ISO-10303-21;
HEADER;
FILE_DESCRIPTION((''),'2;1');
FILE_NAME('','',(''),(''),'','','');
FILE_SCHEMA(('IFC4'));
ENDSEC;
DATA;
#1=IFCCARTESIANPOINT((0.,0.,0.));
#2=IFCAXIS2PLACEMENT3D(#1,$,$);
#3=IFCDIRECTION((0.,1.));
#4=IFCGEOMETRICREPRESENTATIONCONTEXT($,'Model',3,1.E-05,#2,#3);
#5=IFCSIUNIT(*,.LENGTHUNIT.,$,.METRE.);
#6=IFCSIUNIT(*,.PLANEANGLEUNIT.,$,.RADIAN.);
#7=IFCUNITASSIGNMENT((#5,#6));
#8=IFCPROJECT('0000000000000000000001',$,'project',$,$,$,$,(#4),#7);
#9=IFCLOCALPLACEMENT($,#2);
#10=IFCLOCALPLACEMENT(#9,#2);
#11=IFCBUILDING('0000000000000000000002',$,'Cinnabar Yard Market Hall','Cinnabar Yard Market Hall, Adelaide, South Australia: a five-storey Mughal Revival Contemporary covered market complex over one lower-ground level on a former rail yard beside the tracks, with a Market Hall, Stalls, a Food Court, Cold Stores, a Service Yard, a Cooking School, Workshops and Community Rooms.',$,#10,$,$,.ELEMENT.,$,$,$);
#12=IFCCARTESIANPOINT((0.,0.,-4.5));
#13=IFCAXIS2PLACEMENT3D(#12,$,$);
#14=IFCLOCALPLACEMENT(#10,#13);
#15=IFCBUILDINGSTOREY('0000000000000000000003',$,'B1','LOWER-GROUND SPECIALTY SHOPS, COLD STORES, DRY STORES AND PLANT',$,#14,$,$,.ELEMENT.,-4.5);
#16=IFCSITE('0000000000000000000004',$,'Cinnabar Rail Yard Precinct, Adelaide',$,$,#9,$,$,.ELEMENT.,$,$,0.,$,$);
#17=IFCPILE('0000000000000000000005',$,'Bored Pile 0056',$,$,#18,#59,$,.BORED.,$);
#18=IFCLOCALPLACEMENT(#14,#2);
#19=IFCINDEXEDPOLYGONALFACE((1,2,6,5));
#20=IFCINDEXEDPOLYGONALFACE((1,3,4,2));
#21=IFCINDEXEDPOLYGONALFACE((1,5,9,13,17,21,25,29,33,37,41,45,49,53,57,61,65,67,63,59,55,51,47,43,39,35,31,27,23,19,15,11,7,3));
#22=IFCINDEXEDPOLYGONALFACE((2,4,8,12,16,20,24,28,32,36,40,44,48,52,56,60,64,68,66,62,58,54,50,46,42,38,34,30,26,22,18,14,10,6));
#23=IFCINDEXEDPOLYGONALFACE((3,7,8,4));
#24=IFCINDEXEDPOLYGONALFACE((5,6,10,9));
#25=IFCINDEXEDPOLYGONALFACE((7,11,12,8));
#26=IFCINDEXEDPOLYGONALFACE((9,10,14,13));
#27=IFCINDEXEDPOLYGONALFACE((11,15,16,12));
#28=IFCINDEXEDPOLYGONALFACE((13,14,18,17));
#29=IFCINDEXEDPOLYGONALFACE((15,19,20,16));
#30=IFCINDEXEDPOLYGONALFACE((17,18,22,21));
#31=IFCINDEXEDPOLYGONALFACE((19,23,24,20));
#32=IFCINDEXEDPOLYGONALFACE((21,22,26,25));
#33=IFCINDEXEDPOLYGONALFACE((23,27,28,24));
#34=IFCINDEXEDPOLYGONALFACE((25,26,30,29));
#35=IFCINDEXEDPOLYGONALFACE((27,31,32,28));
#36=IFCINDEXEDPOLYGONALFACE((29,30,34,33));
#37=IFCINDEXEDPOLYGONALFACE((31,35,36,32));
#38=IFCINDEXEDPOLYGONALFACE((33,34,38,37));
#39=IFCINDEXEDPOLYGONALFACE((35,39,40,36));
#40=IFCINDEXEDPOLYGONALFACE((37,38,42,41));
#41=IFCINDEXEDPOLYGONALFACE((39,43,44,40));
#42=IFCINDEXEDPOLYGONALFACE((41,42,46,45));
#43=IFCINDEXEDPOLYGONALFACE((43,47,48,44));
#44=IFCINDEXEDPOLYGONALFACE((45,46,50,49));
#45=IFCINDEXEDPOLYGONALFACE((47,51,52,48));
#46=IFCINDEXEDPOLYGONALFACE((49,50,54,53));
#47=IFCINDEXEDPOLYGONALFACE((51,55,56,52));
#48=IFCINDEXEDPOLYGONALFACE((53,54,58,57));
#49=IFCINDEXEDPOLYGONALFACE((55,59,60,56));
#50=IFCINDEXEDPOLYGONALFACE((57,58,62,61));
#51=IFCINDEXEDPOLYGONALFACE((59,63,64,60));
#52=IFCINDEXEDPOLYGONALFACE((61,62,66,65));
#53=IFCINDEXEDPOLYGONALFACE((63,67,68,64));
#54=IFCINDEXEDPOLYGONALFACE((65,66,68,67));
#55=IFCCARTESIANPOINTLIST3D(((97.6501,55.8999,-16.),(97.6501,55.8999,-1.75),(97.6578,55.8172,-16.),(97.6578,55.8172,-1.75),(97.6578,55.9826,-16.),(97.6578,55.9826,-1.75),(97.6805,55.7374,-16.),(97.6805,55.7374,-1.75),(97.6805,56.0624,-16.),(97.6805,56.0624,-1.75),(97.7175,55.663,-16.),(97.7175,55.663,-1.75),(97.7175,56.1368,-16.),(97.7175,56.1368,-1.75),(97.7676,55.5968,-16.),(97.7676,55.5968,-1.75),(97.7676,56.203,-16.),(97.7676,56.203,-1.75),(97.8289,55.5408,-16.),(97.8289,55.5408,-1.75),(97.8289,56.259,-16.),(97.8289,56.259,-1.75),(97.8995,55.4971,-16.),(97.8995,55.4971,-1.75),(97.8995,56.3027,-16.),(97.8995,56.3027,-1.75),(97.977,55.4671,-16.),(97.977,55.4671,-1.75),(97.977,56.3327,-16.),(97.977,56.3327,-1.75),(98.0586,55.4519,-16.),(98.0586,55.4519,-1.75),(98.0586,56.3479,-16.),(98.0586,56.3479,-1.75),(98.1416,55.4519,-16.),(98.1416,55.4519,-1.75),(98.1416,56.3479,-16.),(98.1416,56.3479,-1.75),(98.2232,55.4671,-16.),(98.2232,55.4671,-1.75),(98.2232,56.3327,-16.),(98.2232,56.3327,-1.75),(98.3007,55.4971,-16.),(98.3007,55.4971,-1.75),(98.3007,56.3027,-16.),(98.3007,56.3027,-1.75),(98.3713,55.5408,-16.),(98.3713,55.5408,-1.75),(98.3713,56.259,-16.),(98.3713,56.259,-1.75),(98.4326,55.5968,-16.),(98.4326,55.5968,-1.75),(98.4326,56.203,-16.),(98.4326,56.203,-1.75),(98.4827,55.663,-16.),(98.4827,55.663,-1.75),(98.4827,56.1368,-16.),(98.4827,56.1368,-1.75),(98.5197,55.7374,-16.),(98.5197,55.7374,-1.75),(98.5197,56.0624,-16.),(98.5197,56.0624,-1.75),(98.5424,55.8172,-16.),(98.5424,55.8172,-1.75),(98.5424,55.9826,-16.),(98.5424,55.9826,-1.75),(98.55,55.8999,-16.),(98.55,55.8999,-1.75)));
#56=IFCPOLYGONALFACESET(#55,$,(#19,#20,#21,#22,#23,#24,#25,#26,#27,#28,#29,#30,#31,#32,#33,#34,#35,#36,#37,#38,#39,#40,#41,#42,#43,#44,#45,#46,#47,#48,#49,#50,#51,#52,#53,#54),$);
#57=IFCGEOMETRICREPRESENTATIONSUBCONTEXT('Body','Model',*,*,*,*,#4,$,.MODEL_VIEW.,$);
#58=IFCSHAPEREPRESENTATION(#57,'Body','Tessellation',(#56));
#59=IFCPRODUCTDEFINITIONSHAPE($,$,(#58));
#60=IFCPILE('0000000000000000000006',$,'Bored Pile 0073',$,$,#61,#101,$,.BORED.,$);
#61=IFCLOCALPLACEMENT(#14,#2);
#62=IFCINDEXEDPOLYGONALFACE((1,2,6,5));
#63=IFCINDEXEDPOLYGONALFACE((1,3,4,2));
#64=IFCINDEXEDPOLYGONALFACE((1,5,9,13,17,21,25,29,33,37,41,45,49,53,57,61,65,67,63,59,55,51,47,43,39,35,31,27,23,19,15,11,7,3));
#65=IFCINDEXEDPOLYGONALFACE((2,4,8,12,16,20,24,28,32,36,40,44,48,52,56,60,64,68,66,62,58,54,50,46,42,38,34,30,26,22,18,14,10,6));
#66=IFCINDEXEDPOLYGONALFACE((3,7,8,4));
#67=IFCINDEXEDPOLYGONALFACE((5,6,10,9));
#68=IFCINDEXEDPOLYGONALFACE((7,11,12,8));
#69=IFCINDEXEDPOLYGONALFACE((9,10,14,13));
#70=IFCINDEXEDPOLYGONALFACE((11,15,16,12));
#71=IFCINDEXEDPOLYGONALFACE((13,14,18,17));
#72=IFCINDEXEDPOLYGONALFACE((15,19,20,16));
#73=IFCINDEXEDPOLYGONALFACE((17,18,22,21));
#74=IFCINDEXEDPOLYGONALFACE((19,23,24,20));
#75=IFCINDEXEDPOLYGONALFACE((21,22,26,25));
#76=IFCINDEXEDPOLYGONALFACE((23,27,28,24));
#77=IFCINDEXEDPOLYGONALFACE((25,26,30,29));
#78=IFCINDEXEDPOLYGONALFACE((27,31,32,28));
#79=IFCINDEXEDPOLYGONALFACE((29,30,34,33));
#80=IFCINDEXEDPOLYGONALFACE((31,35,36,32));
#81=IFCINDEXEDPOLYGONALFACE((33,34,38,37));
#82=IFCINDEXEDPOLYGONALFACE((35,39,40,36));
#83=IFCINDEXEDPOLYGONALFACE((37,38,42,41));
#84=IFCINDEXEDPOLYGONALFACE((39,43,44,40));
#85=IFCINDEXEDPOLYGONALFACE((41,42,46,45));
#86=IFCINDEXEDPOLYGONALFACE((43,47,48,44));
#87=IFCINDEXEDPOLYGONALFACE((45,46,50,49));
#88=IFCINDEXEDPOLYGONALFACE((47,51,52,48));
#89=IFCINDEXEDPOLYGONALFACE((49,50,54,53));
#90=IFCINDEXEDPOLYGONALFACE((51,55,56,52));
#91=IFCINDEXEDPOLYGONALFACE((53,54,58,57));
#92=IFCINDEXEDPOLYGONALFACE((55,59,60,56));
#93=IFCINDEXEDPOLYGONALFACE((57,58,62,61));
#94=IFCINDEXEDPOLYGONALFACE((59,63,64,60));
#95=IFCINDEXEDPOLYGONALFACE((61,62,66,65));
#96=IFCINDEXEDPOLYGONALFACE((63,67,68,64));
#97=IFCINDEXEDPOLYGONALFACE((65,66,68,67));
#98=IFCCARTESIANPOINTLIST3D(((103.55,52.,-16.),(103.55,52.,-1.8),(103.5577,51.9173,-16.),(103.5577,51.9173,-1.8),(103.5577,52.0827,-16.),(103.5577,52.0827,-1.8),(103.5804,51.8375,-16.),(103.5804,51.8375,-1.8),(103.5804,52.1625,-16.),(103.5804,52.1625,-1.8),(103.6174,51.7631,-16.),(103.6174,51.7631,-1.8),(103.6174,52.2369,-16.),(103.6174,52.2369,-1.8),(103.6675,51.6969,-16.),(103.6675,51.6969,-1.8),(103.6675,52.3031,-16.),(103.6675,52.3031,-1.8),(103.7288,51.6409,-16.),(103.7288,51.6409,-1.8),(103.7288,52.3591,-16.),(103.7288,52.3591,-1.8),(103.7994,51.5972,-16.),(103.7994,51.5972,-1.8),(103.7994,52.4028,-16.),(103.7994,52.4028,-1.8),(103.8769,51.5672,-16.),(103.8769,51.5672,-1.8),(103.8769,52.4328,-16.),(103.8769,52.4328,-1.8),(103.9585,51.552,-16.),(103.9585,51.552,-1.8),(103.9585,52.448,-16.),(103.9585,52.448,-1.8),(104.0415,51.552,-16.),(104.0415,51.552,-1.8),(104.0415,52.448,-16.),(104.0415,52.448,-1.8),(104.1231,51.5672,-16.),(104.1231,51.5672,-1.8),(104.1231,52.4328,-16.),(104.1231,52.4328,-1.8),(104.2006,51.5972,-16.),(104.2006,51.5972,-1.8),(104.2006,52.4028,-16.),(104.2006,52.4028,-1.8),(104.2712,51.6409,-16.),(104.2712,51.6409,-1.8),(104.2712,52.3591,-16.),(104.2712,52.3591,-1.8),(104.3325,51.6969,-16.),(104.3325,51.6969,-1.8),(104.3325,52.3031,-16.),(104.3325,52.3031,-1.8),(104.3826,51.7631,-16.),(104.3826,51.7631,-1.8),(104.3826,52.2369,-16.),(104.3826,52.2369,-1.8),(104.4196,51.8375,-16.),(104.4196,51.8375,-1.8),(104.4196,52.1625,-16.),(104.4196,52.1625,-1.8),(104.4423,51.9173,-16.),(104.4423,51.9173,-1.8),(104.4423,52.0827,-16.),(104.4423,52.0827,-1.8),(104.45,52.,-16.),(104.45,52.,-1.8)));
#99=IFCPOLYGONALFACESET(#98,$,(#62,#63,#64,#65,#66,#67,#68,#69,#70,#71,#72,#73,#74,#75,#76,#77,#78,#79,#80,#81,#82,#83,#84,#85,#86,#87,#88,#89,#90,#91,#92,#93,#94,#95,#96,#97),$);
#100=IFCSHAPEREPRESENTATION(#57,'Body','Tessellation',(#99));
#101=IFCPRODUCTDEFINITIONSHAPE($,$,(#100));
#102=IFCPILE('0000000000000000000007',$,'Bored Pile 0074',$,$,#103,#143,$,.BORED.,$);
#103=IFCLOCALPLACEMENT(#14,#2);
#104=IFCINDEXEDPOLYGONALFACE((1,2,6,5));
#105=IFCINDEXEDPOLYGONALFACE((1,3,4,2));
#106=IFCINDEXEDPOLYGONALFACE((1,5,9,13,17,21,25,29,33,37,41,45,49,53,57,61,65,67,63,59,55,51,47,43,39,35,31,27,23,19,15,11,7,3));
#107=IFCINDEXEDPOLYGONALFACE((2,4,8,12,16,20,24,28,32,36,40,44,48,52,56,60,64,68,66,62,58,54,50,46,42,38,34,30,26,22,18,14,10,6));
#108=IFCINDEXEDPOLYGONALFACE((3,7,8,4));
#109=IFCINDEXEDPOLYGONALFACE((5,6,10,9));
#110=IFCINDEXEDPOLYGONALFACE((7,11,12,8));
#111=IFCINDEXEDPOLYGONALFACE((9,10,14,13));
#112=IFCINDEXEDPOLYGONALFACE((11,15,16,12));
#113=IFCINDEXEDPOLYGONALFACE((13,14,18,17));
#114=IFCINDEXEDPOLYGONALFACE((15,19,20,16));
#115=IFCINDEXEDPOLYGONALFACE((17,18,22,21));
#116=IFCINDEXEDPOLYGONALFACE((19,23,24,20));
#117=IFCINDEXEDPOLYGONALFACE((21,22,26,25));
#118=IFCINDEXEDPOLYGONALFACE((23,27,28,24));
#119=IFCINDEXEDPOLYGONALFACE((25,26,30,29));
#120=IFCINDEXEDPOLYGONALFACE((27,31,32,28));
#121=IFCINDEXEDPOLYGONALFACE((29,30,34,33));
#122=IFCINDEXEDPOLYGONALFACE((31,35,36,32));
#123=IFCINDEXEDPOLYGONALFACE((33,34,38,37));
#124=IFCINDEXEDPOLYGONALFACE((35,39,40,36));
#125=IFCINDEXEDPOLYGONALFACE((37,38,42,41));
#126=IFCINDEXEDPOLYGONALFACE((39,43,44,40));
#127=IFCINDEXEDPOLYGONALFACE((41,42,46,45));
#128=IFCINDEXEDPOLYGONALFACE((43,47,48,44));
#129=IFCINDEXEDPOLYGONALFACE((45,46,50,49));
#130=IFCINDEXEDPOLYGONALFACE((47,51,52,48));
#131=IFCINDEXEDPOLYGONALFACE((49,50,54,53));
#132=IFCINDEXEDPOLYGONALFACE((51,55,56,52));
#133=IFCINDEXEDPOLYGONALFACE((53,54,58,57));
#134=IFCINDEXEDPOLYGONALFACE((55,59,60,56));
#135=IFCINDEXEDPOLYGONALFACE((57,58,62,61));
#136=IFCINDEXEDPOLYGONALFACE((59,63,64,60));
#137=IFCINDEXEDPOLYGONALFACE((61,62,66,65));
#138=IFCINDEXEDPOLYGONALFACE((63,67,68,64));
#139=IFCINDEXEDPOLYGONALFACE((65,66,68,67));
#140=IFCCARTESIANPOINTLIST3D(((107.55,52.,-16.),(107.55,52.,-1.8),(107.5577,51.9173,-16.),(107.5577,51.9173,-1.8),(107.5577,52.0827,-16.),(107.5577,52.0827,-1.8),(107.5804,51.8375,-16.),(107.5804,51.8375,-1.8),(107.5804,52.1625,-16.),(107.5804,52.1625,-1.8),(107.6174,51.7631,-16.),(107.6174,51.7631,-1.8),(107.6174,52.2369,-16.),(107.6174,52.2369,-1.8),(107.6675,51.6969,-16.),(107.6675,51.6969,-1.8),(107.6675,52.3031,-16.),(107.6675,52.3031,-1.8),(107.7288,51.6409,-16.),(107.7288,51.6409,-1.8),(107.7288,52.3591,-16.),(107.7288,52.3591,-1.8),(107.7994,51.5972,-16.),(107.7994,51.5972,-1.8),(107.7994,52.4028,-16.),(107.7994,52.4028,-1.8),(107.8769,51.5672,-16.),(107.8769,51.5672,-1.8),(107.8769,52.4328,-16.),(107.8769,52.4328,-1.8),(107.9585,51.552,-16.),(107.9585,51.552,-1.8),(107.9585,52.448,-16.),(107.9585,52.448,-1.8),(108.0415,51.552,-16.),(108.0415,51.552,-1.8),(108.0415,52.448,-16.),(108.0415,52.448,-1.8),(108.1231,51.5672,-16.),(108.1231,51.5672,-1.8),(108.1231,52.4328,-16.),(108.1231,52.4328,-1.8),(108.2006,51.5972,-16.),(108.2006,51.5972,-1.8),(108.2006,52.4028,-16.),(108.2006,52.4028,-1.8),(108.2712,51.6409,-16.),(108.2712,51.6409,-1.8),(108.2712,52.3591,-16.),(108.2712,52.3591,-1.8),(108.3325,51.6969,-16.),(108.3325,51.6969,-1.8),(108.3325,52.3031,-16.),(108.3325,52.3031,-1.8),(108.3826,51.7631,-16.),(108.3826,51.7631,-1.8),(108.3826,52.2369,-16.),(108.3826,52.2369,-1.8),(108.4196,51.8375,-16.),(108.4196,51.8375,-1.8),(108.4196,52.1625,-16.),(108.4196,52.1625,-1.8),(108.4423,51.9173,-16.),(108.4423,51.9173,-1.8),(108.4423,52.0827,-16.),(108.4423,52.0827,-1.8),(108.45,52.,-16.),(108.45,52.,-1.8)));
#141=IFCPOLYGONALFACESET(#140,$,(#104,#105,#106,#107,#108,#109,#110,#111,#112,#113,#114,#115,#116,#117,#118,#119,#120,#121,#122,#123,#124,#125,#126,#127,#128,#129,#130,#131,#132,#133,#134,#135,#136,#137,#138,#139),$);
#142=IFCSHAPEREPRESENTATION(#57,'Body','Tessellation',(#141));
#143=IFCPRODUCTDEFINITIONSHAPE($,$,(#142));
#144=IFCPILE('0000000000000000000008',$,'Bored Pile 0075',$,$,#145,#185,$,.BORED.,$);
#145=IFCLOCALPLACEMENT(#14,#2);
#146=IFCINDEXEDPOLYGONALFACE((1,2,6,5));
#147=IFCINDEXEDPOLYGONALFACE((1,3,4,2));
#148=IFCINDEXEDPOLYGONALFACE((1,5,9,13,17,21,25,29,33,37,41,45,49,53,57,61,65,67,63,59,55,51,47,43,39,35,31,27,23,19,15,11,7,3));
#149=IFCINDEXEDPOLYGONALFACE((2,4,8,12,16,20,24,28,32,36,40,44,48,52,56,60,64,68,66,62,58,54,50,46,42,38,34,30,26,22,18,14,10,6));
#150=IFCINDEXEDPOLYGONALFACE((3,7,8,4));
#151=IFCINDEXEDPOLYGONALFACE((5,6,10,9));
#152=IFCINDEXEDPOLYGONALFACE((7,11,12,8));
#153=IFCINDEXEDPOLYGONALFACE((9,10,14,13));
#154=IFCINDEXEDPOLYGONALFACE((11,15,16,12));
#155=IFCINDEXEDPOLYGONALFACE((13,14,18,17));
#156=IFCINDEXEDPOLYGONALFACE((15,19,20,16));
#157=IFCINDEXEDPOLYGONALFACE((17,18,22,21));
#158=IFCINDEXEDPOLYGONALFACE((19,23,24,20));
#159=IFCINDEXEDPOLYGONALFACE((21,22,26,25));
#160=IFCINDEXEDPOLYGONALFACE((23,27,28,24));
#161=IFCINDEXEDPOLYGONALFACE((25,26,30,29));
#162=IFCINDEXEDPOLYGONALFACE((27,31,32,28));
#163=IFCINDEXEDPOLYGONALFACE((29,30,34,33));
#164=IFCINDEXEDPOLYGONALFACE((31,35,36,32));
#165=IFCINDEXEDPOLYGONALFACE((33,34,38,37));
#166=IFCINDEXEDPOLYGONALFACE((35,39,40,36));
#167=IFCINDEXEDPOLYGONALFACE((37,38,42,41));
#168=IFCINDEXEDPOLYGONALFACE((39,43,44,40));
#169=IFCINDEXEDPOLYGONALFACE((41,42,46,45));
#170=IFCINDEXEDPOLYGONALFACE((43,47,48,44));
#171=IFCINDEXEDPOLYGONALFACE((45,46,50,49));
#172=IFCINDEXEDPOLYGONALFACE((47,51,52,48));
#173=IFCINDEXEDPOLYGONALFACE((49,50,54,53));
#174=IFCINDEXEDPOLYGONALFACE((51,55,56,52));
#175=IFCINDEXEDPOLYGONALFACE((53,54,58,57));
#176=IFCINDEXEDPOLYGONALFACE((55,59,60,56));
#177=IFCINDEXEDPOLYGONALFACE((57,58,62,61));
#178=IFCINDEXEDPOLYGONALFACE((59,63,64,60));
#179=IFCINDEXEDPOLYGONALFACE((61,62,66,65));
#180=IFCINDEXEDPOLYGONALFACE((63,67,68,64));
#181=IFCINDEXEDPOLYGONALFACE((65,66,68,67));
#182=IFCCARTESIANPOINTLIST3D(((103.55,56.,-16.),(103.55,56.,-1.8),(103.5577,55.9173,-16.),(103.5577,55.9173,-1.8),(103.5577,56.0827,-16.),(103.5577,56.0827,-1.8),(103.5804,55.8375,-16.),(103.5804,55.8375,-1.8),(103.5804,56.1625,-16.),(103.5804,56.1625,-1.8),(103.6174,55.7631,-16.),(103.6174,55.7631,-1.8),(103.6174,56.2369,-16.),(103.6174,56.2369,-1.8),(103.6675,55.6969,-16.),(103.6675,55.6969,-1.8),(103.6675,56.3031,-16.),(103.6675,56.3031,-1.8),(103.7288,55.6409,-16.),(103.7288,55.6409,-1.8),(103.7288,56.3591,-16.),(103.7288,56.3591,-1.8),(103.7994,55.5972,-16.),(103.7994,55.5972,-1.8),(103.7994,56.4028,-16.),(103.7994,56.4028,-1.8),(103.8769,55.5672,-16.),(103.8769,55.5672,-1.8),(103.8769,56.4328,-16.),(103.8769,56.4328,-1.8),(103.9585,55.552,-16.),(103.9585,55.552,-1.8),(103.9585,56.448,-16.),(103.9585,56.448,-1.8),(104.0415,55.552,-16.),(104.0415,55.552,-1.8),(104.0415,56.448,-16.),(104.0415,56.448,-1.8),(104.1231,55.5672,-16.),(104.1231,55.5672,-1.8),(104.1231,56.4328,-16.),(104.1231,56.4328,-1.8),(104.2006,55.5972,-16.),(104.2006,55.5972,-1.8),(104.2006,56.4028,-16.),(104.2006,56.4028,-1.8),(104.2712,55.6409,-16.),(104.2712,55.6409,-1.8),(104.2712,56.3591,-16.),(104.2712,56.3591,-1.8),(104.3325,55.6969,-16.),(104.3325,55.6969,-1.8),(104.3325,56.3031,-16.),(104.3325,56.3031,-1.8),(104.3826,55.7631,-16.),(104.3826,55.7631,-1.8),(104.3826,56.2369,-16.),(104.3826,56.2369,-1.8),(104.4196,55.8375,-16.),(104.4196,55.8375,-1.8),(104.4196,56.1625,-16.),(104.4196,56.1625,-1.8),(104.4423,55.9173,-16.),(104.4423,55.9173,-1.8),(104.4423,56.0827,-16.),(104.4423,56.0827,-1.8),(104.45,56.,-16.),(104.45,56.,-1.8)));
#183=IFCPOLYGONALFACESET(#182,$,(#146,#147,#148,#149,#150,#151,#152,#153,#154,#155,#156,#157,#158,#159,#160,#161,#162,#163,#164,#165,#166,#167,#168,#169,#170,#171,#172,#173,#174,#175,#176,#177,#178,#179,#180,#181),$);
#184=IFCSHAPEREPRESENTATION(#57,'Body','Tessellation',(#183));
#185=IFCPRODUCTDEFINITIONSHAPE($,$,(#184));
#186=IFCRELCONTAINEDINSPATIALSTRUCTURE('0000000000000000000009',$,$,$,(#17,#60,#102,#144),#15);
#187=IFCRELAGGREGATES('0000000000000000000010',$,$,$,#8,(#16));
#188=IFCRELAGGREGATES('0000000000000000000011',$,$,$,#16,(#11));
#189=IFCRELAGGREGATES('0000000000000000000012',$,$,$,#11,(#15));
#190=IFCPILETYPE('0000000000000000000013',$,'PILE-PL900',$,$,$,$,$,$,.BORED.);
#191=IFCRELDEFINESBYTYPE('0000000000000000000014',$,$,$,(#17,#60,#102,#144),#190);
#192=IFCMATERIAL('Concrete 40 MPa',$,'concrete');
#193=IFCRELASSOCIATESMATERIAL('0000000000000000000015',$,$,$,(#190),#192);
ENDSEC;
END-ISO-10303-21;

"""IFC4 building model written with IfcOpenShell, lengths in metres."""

from ifc_helpers import new_model, si_unit, direction, frame, origin, origin_2d_with_axis, place, context, subcontext, project, spatial, circle, extrude, material, material_profile, profile_set, type_object, element, save


model = new_model("IFC4")

# Units and contexts
model_context = context("Model", 3, precision=1e-05, world=origin(), true_north=direction((0.0, 1.0)))
body_context = subcontext(model_context, "Body", "Model", "MODEL_VIEW")
ifc_project = project(units=[si_unit("LENGTHUNIT", "METRE"), si_unit("PLANEANGLEUNIT", "RADIAN")], contexts=[model_context])

# Site, building, storey
site_placement = place(None, origin())
site = spatial("IfcSite", under=ifc_project, at=site_placement, Name="Cinnabar Rail Yard Precinct, Adelaide", CompositionType="ELEMENT", RefElevation=0.0)
building_placement = place(site_placement, origin())
building = spatial("IfcBuilding", under=site, at=building_placement, Name="Cinnabar Yard Market Hall", Description="Cinnabar Yard Market Hall, Adelaide, South Australia: a five-storey Mughal Revival Contemporary covered market complex over one lower-ground level on a former rail yard beside the tracks, with a Market Hall, Stalls, a Food Court, Cold Stores, a Service Yard, a Cooking School, Workshops and Community Rooms.", CompositionType="ELEMENT")
storey_placement = place(building_placement, frame((0.0, 0.0, -4.5)))
storey = spatial("IfcBuildingStorey", under=building, at=storey_placement, Name="B1", Description="LOWER-GROUND SPECIALTY SHOPS, COLD STORES, DRY STORES AND PLANT", CompositionType="ELEMENT", Elevation=-4.5)

# Shared definitions
ifc_material_1 = material(Name="Concrete 40 MPa", Category="concrete")

# Piles
ifc_material_profile_1 = material_profile(ifc_material_1, circle(Radius=0.45, at=origin_2d_with_axis()), Name="PILE-D900")
ifc_profile_set_1 = profile_set([ifc_material_profile_1], Name="Concrete 40 MPa")
pile_type = type_object("IfcPileType", Name="PILE-PL900", PredefinedType="BORED", material=ifc_profile_set_1)
for number, where, z_axis, x_axis, name in (
    (1, (98.1001, 55.8999, -1.75), (0.0, 0.0, -1.0), (1.0, 0.0, 0.0), "Bored Pile 0056"),
):
    element("IfcPile", number, at=place(storey_placement, frame(where, z_axis=z_axis, x_axis=x_axis)), inside=storey, type_object=pile_type, Name=name, PredefinedType="BORED", context=body_context, shape_type="SweptSolid", body=[
        extrude(circle(Radius=0.45, at=origin_2d_with_axis()), origin(), (0.0, 0.0, 1.0), 14.25),
    ])
for number, where, z_axis, x_axis, name in (
    (2, (104.0, 52.0, -1.8), (0.0, 0.0, -1.0), (1.0, 0.0, 0.0), "Bored Pile 0073"),
    (3, (108.0, 52.0, -1.8), (0.0, 0.0, -1.0), (1.0, 0.0, 0.0), "Bored Pile 0074"),
    (4, (104.0, 56.0, -1.8), (0.0, 0.0, -1.0), (1.0, 0.0, 0.0), "Bored Pile 0075"),
):
    element("IfcPile", number, at=place(storey_placement, frame(where, z_axis=z_axis, x_axis=x_axis)), inside=storey, type_object=pile_type, Name=name, PredefinedType="BORED", context=body_context, shape_type="SweptSolid", body=[
        extrude(circle(Radius=0.45, at=origin_2d_with_axis()), origin(), (0.0, 0.0, 1.0), 14.2),
    ])

save(model, "model.ifc")
